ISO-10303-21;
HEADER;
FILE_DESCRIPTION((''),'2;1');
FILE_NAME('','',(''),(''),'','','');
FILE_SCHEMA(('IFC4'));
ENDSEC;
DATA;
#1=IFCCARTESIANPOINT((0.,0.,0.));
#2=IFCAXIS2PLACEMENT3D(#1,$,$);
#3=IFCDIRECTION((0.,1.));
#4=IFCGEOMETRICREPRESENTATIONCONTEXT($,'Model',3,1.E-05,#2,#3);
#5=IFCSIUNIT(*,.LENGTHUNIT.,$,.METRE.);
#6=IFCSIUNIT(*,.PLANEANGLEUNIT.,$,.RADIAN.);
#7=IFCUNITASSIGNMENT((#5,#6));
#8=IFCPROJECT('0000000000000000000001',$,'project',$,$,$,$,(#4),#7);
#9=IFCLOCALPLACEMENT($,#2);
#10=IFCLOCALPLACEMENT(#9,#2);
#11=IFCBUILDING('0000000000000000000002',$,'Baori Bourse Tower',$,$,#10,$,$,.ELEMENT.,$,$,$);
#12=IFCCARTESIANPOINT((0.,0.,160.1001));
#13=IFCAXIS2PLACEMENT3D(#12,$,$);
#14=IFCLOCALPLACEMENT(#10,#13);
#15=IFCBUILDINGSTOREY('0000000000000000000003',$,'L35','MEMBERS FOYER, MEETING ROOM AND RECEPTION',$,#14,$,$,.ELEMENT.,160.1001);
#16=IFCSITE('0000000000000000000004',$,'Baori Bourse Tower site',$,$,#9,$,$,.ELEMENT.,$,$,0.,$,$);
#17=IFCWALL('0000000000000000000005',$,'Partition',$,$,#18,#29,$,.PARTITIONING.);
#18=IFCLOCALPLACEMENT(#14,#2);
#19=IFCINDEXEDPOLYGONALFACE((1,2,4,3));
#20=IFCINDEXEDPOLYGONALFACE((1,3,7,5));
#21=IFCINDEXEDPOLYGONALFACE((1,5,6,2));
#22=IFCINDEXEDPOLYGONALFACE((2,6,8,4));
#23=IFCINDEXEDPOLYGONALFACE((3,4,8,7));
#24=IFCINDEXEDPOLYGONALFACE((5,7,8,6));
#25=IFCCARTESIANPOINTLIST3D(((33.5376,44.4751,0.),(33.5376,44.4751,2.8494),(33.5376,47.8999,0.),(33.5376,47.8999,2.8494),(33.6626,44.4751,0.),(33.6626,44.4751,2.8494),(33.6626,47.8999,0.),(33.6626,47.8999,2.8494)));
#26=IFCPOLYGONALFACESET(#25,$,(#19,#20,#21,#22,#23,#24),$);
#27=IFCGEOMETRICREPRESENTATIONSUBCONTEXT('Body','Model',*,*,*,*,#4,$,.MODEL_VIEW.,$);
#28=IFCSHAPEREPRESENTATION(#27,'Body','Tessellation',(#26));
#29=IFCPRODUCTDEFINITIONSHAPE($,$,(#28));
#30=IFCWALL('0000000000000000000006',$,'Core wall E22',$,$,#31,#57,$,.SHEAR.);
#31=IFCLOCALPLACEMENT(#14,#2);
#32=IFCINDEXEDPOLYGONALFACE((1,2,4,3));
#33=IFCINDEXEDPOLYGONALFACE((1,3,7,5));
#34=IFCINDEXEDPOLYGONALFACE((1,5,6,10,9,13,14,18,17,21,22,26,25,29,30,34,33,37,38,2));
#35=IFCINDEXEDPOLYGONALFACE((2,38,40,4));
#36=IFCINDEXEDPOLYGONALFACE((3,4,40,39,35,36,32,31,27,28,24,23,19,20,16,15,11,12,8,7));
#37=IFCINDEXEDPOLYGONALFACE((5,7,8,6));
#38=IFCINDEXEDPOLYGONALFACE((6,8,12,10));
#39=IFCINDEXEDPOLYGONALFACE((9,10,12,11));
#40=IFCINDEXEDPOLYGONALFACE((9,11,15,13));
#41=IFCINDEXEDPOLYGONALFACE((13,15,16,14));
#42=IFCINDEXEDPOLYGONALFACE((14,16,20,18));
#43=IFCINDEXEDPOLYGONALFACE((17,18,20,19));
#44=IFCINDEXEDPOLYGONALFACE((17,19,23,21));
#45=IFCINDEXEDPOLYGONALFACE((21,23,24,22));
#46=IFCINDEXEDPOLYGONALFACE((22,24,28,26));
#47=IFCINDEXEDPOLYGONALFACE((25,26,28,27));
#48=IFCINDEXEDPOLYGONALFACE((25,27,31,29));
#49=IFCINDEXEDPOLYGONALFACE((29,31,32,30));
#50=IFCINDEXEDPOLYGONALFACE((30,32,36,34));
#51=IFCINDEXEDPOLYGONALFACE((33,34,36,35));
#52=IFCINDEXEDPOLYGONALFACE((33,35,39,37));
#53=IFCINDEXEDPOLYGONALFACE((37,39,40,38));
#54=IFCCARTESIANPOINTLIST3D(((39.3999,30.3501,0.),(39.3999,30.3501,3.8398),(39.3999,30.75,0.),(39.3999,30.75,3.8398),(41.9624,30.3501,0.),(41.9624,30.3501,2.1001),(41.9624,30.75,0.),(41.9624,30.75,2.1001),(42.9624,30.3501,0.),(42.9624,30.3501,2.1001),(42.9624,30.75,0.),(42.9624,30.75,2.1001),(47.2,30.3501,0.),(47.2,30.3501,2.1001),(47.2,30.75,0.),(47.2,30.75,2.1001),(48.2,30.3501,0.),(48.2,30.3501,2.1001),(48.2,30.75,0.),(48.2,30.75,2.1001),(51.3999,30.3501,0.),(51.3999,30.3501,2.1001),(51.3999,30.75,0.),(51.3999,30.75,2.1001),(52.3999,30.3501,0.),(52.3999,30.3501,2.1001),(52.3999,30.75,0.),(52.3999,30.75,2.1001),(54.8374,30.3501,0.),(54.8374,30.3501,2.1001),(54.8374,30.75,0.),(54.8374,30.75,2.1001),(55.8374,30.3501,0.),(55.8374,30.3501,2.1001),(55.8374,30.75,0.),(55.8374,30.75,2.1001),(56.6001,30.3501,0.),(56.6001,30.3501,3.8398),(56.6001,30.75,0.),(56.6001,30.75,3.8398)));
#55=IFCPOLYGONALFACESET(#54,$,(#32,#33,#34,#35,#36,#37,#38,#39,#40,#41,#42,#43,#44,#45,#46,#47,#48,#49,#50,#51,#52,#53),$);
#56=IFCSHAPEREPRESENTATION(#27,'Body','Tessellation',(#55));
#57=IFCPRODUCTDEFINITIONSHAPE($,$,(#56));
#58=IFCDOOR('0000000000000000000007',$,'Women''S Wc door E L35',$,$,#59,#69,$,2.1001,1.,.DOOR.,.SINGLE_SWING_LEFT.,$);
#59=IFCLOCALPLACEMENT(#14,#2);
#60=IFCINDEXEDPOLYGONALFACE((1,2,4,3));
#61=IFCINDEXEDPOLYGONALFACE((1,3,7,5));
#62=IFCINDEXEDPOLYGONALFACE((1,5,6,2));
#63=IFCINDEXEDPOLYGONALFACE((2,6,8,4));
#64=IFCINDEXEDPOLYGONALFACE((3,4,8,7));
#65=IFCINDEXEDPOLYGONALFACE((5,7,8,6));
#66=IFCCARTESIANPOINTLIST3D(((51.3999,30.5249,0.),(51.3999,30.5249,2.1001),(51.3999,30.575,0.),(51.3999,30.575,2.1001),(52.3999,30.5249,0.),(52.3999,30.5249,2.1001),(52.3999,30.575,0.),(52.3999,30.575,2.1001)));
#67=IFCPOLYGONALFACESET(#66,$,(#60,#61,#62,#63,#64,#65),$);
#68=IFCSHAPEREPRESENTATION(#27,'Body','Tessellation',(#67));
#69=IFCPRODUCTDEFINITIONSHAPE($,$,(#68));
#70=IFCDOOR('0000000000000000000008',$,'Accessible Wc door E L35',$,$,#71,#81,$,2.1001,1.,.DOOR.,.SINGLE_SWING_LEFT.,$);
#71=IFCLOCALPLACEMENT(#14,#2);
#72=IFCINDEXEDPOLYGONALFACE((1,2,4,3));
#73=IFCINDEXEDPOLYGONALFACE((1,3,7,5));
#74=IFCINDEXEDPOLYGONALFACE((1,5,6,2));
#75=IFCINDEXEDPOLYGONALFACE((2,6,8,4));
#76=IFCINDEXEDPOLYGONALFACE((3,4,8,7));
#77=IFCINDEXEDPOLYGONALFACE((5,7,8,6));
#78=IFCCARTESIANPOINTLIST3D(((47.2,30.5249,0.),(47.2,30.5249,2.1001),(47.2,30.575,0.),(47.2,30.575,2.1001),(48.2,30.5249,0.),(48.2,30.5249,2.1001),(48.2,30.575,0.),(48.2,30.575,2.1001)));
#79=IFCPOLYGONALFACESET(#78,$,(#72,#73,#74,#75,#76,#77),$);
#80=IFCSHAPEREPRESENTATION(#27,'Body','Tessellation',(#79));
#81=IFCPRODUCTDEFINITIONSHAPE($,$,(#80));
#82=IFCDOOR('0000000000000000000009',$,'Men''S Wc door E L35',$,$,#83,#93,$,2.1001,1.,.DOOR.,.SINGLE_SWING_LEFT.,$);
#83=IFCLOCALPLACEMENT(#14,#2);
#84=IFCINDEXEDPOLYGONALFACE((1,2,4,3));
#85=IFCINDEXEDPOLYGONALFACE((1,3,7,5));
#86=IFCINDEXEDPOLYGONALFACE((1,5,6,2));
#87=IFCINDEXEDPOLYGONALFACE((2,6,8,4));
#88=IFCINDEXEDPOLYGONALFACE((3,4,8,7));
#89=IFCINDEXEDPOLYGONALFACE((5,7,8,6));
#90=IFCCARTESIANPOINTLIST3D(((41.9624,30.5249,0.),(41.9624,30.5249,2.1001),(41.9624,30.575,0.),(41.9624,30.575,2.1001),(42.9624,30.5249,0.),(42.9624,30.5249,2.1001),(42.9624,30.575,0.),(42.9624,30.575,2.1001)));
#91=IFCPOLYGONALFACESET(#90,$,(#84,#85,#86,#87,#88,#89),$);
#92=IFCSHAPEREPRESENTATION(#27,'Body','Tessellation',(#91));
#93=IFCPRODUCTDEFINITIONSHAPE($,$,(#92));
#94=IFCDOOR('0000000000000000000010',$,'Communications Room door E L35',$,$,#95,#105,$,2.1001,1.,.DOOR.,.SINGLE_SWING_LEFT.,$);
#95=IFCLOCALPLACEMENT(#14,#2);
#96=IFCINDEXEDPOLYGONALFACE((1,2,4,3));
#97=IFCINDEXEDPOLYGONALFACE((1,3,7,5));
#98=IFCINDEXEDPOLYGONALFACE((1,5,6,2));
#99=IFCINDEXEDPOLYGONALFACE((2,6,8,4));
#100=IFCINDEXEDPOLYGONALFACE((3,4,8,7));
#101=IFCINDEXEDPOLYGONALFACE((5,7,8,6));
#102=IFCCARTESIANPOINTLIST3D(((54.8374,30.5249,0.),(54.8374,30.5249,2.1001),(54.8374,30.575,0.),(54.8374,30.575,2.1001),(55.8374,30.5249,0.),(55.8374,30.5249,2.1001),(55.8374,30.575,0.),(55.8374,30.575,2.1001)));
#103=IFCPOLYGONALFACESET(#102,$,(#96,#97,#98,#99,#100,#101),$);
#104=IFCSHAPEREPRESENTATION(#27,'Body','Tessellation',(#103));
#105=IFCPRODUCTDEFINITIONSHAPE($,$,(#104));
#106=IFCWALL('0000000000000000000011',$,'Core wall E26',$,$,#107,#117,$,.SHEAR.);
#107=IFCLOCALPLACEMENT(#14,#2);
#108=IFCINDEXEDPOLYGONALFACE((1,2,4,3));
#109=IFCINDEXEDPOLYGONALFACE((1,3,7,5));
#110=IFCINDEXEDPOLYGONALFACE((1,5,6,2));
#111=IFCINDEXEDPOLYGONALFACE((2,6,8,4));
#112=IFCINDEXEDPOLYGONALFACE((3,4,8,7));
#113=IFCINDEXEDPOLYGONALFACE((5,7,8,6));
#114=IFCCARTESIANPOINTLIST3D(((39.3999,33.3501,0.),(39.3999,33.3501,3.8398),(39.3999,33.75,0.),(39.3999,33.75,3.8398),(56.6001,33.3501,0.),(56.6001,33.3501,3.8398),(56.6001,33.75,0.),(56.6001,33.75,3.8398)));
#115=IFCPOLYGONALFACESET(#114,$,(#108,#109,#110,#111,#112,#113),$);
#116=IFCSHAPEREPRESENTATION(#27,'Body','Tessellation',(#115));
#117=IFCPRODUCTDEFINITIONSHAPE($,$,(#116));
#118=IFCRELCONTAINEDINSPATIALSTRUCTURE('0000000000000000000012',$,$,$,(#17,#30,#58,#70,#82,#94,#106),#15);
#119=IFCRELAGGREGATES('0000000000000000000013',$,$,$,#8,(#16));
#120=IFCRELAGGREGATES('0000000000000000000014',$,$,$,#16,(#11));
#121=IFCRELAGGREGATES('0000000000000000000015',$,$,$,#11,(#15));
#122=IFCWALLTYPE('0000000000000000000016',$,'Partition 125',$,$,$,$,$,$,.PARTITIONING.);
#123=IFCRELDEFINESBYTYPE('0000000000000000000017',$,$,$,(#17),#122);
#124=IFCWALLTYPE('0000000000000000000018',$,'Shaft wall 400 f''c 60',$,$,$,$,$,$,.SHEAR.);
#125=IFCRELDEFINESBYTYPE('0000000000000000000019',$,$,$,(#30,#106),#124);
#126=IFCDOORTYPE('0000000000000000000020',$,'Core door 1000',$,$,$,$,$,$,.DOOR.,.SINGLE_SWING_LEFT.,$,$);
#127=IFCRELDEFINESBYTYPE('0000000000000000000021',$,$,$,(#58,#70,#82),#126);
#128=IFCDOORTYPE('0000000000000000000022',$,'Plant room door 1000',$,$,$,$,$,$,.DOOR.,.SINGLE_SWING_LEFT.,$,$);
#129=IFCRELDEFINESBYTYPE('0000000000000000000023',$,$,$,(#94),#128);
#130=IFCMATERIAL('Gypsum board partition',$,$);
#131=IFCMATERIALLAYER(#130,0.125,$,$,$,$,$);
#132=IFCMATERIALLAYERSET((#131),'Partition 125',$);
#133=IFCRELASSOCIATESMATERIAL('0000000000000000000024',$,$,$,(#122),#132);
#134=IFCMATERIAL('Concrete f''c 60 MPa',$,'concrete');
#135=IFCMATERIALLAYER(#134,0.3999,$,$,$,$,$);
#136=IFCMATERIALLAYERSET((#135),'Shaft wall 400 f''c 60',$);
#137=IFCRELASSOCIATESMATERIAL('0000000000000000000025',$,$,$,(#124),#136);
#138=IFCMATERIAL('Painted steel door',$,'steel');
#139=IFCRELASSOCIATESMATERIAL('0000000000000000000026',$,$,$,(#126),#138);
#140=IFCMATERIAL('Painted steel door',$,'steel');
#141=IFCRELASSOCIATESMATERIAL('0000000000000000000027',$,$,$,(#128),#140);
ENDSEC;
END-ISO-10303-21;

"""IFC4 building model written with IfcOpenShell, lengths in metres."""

from ifc_helpers import new_model, si_unit, direction, frame, frame_2d, origin, place, context, subcontext, project, spatial, rectangle, extrude, material, layer, layer_set, type_object, element, fill, save


model = new_model("IFC4")

# Units and contexts
model_context = context("Model", 3, precision=1e-05, world=origin(), true_north=direction((0.0, 1.0)))
body_context = subcontext(model_context, "Body", "Model", "MODEL_VIEW")
ifc_project = project(units=[si_unit("LENGTHUNIT", "METRE"), si_unit("PLANEANGLEUNIT", "RADIAN")], contexts=[model_context])

# Site, building, storey
site_placement = place(None, origin())
site = spatial("IfcSite", under=ifc_project, at=site_placement, Name="Baori Bourse Tower site", CompositionType="ELEMENT", RefElevation=0.0)
building_placement = place(site_placement, origin())
building = spatial("IfcBuilding", under=site, at=building_placement, Name="Baori Bourse Tower", CompositionType="ELEMENT")
storey_placement = place(building_placement, frame((0.0, 0.0, 160.1001)))
storey = spatial("IfcBuildingStorey", under=building, at=storey_placement, Name="L35", Description="MEMBERS FOYER, MEETING ROOM AND RECEPTION", CompositionType="ELEMENT", Elevation=160.1001)

# Wall
ifc_material_1 = material(Name="Gypsum board partition")
ifc_layer_1 = layer(ifc_material_1, 0.125)
ifc_layer_set_1 = layer_set([ifc_layer_1], Name="Partition 125")
wall_type_1 = type_object("IfcWallType", Name="Partition 125", PredefinedType="PARTITIONING", material=ifc_layer_set_1)
for number, where, z_axis, x_axis, name in (
    (1, (33.6001, 44.4751, 0.0), (0.0, 0.0, 1.0), (0.0, 1.0, 0.0), "Partition"),
):
    element("IfcWall", number, at=place(storey_placement, frame(where, z_axis=z_axis, x_axis=x_axis)), inside=storey, type_object=wall_type_1, Name=name, PredefinedType="PARTITIONING", context=body_context, shape_type="SweptSolid", body=[
        extrude(rectangle(XDim=3.4248, YDim=0.125, at=frame_2d((1.7124, 0.0))), origin(), (0.0, 0.0, 1.0), 2.8494),
    ])

# Wall, openings, doors
ifc_material_2 = material(Name="Concrete f'c 60 MPa", Category="concrete")
ifc_layer_2 = layer(ifc_material_2, 0.3999)
ifc_layer_set_2 = layer_set([ifc_layer_2], Name="Shaft wall 400 f'c 60")
wall_type_2 = type_object("IfcWallType", Name="Shaft wall 400 f'c 60", PredefinedType="SHEAR", material=ifc_layer_set_2)
wall_1_placement = place(storey_placement, frame((39.3999, 30.55, 0.0), z_axis=(0.0, 0.0, 1.0), x_axis=(1.0, 0.0, 0.0)))
wall_1 = element("IfcWall", 2, at=wall_1_placement, inside=storey, type_object=wall_type_2, Name="Core wall E22", PredefinedType="SHEAR", context=body_context, shape_type="SweptSolid", body=[
    extrude(rectangle(XDim=17.2002, YDim=0.3999, at=frame_2d((8.6001, 0.0))), origin(), (0.0, 0.0, 1.0), 3.8398),
])
opening_1_placement = place(wall_1_placement, frame((15.4375, 0.0, 0.0)))
opening_1 = element("IfcOpeningElement", 3, at=opening_1_placement, cuts=wall_1, PredefinedType="OPENING", context=body_context, shape_type="SweptSolid", body=[
    extrude(rectangle(XDim=1.0, YDim=2.1001, at=frame_2d((0.5, 1.05))), frame((0.0, 0.21, 0.0), z_axis=(0.0, -1.0, 0.0), x_axis=(1.0, 0.0, 0.0)), (0.0, 0.0, 1.0), 0.4199),
])
opening_2_placement = place(wall_1_placement, frame((12.0, 0.0, 0.0)))
opening_2 = element("IfcOpeningElement", 4, at=opening_2_placement, cuts=wall_1, PredefinedType="OPENING", context=body_context, shape_type="SweptSolid", body=[
    extrude(rectangle(XDim=1.0, YDim=2.1001, at=frame_2d((0.5, 1.05))), frame((0.0, 0.21, 0.0), z_axis=(0.0, -1.0, 0.0), x_axis=(1.0, 0.0, 0.0)), (0.0, 0.0, 1.0), 0.4199),
])
opening_3_placement = place(wall_1_placement, frame((7.8, 0.0, 0.0)))
opening_3 = element("IfcOpeningElement", 5, at=opening_3_placement, cuts=wall_1, PredefinedType="OPENING", context=body_context, shape_type="SweptSolid", body=[
    extrude(rectangle(XDim=1.0, YDim=2.1001, at=frame_2d((0.5, 1.05))), frame((0.0, 0.21, 0.0), z_axis=(0.0, -1.0, 0.0), x_axis=(1.0, 0.0, 0.0)), (0.0, 0.0, 1.0), 0.4199),
])
opening_4_placement = place(wall_1_placement, frame((2.5625, 0.0, 0.0)))
opening_4 = element("IfcOpeningElement", 6, at=opening_4_placement, cuts=wall_1, PredefinedType="OPENING", context=body_context, shape_type="SweptSolid", body=[
    extrude(rectangle(XDim=1.0, YDim=2.1001, at=frame_2d((0.5, 1.05))), frame((0.0, 0.21, 0.0), z_axis=(0.0, -1.0, 0.0), x_axis=(1.0, 0.0, 0.0)), (0.0, 0.0, 1.0), 0.4199),
])
ifc_material_3 = material(Name="Painted steel door", Category="steel")
door_type_1 = type_object("IfcDoorType", Name="Core door 1000", OperationType="SINGLE_SWING_LEFT", PredefinedType="DOOR", material=ifc_material_3)
door_1_placement = place(opening_2_placement, origin())
door_1 = element("IfcDoor", 7, at=door_1_placement, inside=storey, type_object=door_type_1, Name="Women'S Wc door E L35", OperationType="SINGLE_SWING_LEFT", OverallHeight=2.1001, OverallWidth=1.0, PredefinedType="DOOR", context=body_context, shape_type="SweptSolid", body=[
    extrude(rectangle(XDim=1.0, YDim=2.1001, at=frame_2d((0.5, 1.05))), frame((0.0, 0.0249, 0.0), z_axis=(0.0, -1.0, 0.0), x_axis=(1.0, 0.0, 0.0)), (0.0, 0.0, 1.0), 0.05),
])
fill(opening_2, door_1)
door_2_placement = place(opening_3_placement, origin())
door_2 = element("IfcDoor", 8, at=door_2_placement, inside=storey, type_object=door_type_1, Name="Accessible Wc door E L35", OperationType="SINGLE_SWING_LEFT", OverallHeight=2.1001, OverallWidth=1.0, PredefinedType="DOOR", context=body_context, shape_type="SweptSolid", body=[
    extrude(rectangle(XDim=1.0, YDim=2.1001, at=frame_2d((0.5, 1.05))), frame((0.0, 0.0249, 0.0), z_axis=(0.0, -1.0, 0.0), x_axis=(1.0, 0.0, 0.0)), (0.0, 0.0, 1.0), 0.05),
])
fill(opening_3, door_2)
door_3_placement = place(opening_4_placement, origin())
door_3 = element("IfcDoor", 9, at=door_3_placement, inside=storey, type_object=door_type_1, Name="Men'S Wc door E L35", OperationType="SINGLE_SWING_LEFT", OverallHeight=2.1001, OverallWidth=1.0, PredefinedType="DOOR", context=body_context, shape_type="SweptSolid", body=[
    extrude(rectangle(XDim=1.0, YDim=2.1001, at=frame_2d((0.5, 1.05))), frame((0.0, 0.0249, 0.0), z_axis=(0.0, -1.0, 0.0), x_axis=(1.0, 0.0, 0.0)), (0.0, 0.0, 1.0), 0.05),
])
fill(opening_4, door_3)
ifc_material_4 = material(Name="Painted steel door", Category="steel")
door_type_2 = type_object("IfcDoorType", Name="Plant room door 1000", OperationType="SINGLE_SWING_LEFT", PredefinedType="DOOR", material=ifc_material_4)
door_4_placement = place(opening_1_placement, origin())
door_4 = element("IfcDoor", 10, at=door_4_placement, inside=storey, type_object=door_type_2, Name="Communications Room door E L35", OperationType="SINGLE_SWING_LEFT", OverallHeight=2.1001, OverallWidth=1.0, PredefinedType="DOOR", context=body_context, shape_type="SweptSolid", body=[
    extrude(rectangle(XDim=1.0, YDim=2.1001, at=frame_2d((0.5, 1.05))), frame((0.0, 0.0249, 0.0), z_axis=(0.0, -1.0, 0.0), x_axis=(1.0, 0.0, 0.0)), (0.0, 0.0, 1.0), 0.05),
])
fill(opening_1, door_4)

# Wall
wall_2_placement = place(storey_placement, frame((39.3999, 33.55, 0.0), z_axis=(0.0, 0.0, 1.0), x_axis=(1.0, 0.0, 0.0)))
element("IfcWall", 11, at=wall_2_placement, inside=storey, type_object=wall_type_2, Name="Core wall E26", PredefinedType="SHEAR", context=body_context, shape_type="SweptSolid", body=[
    extrude(rectangle(XDim=17.2002, YDim=0.3999, at=frame_2d((8.6001, 0.0))), origin(), (0.0, 0.0, 1.0), 3.8398),
])

save(model, "model.ifc")
